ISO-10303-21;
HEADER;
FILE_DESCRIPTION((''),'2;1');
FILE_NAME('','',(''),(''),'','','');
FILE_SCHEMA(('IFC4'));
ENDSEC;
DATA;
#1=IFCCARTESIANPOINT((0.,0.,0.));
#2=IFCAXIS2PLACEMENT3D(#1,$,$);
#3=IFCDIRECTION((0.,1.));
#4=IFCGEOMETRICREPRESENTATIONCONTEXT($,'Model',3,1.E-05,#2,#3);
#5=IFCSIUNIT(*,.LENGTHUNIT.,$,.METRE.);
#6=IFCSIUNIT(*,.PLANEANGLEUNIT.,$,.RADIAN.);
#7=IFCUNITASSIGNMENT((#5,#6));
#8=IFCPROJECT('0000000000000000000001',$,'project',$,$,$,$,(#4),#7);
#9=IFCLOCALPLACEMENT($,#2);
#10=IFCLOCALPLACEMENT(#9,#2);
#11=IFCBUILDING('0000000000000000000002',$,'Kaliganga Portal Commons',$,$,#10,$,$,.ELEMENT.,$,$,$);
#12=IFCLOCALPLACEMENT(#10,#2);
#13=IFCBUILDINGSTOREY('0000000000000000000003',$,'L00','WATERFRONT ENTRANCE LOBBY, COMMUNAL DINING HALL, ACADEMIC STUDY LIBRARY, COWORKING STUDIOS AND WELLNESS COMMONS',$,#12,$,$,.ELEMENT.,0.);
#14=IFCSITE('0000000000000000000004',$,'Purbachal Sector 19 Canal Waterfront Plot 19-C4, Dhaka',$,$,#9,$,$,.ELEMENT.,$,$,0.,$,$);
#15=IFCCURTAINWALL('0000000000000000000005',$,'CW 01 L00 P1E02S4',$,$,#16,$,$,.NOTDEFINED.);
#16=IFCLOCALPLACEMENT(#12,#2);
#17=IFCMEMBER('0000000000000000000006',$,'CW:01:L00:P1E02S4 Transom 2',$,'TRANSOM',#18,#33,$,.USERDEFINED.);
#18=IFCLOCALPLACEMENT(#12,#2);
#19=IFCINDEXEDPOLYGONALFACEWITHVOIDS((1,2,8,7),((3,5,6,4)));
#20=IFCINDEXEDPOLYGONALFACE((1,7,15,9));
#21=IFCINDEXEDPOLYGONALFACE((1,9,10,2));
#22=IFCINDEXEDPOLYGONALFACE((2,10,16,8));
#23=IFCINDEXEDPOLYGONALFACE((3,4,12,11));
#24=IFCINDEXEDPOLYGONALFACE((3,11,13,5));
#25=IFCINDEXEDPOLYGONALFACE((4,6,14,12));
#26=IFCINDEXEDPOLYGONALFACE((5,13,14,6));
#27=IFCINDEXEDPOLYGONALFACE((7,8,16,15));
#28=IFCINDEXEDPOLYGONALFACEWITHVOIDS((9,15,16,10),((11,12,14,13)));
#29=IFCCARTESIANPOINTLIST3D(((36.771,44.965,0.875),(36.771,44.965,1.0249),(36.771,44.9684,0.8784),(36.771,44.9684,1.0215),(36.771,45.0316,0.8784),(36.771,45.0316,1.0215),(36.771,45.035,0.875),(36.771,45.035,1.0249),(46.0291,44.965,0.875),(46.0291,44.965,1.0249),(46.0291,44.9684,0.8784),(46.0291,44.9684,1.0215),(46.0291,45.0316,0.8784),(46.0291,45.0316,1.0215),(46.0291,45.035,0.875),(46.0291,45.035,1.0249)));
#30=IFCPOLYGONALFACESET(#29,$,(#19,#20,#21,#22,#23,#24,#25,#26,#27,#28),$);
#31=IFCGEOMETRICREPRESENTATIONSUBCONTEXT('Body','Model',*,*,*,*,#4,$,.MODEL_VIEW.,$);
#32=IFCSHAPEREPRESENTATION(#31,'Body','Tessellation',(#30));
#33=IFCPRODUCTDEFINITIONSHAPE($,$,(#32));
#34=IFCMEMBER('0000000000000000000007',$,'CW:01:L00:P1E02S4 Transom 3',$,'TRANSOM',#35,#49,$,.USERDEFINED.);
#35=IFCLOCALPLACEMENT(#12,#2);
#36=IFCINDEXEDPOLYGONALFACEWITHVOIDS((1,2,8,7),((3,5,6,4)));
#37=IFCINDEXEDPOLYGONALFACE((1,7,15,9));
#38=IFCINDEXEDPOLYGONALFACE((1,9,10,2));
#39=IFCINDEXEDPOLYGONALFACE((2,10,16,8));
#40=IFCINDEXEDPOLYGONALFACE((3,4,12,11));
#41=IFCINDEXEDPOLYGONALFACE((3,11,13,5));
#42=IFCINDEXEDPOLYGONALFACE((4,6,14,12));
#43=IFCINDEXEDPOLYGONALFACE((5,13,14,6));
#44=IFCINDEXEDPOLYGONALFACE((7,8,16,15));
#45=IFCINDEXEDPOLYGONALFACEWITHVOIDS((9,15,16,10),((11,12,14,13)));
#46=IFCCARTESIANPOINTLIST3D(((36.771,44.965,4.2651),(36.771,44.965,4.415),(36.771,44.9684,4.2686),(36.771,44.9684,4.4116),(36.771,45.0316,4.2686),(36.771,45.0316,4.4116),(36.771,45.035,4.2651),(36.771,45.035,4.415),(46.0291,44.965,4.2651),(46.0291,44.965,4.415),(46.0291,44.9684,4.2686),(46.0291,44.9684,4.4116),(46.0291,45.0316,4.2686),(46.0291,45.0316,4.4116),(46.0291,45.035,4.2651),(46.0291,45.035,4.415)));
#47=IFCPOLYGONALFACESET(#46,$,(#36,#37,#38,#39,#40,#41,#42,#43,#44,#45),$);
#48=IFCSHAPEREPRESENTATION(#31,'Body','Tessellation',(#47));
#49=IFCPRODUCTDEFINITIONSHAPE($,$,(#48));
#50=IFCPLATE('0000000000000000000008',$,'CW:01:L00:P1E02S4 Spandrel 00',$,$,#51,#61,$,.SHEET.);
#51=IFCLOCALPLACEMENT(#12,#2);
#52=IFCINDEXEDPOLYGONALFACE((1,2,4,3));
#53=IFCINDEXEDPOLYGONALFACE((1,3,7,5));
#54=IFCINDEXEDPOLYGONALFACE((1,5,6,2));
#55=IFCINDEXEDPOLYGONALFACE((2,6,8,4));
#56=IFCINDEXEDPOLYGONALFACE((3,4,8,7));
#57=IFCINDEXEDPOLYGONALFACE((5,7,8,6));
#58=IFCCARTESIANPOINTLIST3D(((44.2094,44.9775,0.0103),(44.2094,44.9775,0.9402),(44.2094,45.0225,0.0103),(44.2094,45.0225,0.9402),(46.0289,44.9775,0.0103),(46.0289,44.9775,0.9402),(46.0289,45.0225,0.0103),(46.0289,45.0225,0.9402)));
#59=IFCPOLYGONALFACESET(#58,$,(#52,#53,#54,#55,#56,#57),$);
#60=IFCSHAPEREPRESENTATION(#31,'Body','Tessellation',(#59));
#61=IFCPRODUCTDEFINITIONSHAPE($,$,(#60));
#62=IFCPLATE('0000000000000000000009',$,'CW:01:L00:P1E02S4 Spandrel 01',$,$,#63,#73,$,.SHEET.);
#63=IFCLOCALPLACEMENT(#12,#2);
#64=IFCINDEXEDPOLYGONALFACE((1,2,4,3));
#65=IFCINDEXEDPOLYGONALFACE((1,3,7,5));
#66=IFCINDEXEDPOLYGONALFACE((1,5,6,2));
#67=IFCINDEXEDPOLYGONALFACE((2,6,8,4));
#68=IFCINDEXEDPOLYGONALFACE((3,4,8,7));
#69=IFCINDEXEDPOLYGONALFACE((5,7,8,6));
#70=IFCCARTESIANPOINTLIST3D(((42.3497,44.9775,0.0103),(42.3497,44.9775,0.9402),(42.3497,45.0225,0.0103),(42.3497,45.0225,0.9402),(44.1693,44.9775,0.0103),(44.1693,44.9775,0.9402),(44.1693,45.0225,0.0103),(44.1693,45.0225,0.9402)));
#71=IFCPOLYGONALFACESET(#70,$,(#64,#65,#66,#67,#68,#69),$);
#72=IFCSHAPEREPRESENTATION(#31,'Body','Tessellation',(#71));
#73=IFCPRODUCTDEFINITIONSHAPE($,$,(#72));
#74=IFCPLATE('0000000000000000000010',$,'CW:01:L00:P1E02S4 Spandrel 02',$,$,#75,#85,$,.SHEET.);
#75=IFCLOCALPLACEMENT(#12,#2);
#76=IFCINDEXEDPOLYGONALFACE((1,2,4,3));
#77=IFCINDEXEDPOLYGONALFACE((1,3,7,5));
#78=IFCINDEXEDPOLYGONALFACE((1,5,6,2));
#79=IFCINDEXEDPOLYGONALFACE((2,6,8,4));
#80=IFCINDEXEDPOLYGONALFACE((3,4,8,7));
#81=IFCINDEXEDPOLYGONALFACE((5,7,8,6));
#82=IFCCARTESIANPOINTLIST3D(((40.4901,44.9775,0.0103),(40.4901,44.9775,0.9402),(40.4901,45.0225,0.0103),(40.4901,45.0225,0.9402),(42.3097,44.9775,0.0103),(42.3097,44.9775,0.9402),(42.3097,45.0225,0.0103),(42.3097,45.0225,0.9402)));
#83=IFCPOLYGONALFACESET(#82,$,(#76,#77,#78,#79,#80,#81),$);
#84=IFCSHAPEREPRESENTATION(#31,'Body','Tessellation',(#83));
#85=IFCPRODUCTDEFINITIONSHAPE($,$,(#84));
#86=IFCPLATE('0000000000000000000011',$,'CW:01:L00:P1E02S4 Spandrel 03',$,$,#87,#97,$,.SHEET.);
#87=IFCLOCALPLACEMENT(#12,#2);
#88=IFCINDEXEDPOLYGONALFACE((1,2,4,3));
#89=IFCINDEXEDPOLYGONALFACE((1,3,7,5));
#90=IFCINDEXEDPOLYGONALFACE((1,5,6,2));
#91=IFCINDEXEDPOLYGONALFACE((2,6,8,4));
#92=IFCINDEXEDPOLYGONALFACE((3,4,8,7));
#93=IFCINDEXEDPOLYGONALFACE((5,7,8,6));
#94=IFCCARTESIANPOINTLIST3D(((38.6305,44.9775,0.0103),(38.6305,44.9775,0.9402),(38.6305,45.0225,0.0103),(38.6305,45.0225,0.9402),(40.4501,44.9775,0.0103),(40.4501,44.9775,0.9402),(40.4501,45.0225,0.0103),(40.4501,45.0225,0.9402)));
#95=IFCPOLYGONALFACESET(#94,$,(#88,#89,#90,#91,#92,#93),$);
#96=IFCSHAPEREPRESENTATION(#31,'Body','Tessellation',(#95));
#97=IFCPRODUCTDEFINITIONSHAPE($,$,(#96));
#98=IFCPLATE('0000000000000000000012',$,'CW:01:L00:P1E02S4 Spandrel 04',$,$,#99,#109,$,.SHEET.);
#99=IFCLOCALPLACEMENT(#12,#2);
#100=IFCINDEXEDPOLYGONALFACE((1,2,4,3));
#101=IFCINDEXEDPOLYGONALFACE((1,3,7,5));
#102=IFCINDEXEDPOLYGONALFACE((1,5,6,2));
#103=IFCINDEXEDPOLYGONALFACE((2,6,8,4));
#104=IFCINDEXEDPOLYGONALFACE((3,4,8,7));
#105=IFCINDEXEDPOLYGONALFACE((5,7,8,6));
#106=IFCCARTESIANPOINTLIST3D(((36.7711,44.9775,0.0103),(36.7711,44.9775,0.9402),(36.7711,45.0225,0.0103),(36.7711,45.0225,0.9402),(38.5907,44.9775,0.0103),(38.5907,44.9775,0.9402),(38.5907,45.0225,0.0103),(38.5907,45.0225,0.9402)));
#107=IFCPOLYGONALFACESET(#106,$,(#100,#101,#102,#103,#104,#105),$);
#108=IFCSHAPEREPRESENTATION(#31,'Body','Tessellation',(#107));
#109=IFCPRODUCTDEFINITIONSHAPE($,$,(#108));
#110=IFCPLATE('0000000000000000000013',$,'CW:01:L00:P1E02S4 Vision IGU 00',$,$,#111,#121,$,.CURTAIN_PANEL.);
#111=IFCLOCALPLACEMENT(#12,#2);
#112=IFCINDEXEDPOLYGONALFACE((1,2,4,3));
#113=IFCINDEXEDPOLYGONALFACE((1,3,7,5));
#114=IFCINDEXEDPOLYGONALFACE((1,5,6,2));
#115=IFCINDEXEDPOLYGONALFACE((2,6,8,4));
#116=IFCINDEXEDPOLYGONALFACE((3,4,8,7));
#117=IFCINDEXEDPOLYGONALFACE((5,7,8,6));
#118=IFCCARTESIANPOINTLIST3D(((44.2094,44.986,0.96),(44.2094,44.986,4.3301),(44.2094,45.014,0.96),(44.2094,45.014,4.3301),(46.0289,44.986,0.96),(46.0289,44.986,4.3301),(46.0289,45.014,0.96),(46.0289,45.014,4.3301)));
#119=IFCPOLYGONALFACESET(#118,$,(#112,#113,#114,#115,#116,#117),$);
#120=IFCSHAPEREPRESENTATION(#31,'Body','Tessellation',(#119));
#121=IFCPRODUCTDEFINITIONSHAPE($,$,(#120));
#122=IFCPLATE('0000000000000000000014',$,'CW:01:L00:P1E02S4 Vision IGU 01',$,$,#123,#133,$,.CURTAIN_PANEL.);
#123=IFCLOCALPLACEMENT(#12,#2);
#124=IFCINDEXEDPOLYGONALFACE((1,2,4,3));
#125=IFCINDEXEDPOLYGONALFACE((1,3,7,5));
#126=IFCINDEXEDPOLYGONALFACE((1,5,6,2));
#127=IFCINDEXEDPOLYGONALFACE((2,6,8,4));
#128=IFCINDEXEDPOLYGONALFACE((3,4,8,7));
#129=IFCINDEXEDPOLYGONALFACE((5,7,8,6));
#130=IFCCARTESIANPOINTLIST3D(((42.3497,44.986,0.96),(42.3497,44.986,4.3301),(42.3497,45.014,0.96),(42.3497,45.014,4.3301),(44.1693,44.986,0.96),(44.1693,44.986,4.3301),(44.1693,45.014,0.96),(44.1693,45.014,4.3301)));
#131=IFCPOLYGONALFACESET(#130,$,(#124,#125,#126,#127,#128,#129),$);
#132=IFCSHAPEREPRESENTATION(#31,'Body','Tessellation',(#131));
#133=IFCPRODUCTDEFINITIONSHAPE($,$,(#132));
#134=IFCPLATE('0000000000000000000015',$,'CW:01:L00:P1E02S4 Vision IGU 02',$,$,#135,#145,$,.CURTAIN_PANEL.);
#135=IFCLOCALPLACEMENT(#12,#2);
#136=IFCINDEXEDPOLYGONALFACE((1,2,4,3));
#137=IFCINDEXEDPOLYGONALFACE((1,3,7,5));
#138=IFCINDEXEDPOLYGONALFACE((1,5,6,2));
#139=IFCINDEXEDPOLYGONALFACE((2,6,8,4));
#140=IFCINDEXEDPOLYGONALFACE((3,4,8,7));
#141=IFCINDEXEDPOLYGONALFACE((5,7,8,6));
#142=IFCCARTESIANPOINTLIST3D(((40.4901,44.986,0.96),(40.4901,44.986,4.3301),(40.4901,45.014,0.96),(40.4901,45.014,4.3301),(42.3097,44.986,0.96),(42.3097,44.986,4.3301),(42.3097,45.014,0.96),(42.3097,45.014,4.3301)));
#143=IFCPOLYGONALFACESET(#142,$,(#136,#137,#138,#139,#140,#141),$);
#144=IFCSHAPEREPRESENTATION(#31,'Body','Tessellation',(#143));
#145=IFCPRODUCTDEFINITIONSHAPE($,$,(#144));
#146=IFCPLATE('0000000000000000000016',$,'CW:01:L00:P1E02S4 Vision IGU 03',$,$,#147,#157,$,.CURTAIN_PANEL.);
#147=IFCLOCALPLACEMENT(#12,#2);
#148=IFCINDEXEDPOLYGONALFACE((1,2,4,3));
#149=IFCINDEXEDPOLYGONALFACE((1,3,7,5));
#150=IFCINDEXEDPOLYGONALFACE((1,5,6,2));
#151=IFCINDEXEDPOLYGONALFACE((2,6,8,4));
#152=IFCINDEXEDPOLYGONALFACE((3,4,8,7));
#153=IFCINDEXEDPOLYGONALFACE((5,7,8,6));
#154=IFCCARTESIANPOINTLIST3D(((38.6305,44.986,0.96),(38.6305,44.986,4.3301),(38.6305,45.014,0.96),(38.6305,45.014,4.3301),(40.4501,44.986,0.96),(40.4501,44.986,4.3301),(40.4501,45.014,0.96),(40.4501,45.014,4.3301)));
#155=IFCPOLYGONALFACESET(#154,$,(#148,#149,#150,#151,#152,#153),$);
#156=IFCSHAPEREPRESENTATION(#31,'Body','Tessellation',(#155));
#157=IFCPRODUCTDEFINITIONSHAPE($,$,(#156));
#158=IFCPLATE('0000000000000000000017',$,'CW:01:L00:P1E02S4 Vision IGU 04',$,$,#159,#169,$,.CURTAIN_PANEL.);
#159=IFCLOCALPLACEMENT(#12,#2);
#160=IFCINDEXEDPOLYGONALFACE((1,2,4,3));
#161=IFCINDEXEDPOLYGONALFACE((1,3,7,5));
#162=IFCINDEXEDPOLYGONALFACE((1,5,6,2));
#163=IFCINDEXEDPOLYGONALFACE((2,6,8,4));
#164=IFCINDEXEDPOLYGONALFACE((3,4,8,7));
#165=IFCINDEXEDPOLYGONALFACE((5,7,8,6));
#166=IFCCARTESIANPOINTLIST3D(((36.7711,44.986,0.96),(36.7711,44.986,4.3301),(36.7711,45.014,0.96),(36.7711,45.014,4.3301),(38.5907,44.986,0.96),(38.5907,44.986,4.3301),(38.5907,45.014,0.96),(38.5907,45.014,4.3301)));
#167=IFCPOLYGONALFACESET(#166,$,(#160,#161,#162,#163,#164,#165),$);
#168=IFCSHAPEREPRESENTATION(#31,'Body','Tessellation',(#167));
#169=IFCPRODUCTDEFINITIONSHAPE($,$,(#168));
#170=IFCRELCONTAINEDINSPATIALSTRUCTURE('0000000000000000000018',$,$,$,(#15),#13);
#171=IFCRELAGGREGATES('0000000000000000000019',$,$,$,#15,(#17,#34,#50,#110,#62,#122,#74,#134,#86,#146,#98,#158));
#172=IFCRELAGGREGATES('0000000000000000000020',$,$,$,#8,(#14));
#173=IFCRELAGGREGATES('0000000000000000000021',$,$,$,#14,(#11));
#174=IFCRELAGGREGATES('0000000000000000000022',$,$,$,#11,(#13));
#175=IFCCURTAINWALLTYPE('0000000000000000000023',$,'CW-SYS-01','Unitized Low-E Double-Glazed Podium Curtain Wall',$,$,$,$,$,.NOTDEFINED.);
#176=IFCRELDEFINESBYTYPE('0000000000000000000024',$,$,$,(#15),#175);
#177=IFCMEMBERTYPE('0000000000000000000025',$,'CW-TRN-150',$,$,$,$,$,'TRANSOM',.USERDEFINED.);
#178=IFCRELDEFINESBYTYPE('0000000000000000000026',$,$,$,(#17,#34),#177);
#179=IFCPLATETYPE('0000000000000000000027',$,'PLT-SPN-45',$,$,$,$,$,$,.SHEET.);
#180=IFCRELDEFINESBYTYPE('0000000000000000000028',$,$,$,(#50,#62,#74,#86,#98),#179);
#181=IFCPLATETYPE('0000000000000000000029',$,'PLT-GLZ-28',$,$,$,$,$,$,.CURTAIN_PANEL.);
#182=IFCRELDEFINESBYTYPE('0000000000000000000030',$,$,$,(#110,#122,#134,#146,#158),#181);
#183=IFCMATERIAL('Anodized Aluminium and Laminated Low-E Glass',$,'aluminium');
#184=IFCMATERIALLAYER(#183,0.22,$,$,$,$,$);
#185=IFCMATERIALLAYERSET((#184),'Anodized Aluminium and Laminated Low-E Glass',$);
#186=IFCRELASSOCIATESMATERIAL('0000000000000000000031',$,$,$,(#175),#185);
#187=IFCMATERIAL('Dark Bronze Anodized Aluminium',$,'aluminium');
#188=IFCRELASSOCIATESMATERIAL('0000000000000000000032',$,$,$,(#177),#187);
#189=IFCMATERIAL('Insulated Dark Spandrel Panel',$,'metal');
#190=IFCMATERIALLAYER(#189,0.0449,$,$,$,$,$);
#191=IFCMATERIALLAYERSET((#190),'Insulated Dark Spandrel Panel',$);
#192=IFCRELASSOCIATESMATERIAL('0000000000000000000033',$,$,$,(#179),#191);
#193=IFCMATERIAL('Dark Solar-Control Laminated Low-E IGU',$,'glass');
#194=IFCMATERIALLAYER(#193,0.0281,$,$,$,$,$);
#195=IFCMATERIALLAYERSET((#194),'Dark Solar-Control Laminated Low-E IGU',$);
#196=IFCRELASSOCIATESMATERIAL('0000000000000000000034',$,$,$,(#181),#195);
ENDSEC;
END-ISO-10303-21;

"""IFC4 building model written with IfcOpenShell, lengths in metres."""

from ifc_helpers import new_model, si_unit, direction, frame, origin, origin_2d, place, context, subcontext, project, spatial, rectangle, hollow_rectangle, extrude, source, transform, mapped, material, layer, layer_set, material_profile, profile_set, type_object, element, aggregate, save


model = new_model("IFC4")

# Units and contexts
model_context = context("Model", 3, precision=1e-05, world=origin(), true_north=direction((0.0, 1.0)))
body_context = subcontext(model_context, "Body", "Model", "MODEL_VIEW")
ifc_project = project(units=[si_unit("LENGTHUNIT", "METRE"), si_unit("PLANEANGLEUNIT", "RADIAN")], contexts=[model_context])

# Site, building, storey
site_placement = place(None, origin())
site = spatial("IfcSite", under=ifc_project, at=site_placement, Name="Purbachal Sector 19 Canal Waterfront Plot 19-C4, Dhaka", CompositionType="ELEMENT", RefElevation=0.0)
building_placement = place(site_placement, origin())
building = spatial("IfcBuilding", under=site, at=building_placement, Name="Kaliganga Portal Commons", CompositionType="ELEMENT")
storey_placement = place(building_placement, origin())
storey = spatial("IfcBuildingStorey", under=building, at=storey_placement, Name="L00", Description="WATERFRONT ENTRANCE LOBBY, COMMUNAL DINING HALL, ACADEMIC STUDY LIBRARY, COWORKING STUDIOS AND WELLNESS COMMONS", CompositionType="ELEMENT", Elevation=0.0)

# Curtain wall, members, plates
ifc_material_1 = material(Name="Anodized Aluminium and Laminated Low-E Glass", Category="aluminium")
ifc_layer_1 = layer(ifc_material_1, 0.22)
ifc_layer_set_1 = layer_set([ifc_layer_1], Name="Anodized Aluminium and Laminated Low-E Glass")
curtain_wall_type = type_object("IfcCurtainWallType", Name="CW-SYS-01", Description="Unitized Low-E Double-Glazed Podium Curtain Wall", PredefinedType="NOTDEFINED", material=ifc_layer_set_1)
curtain_wall_placement = place(storey_placement, origin())
curtain_wall = element("IfcCurtainWall", 1, at=curtain_wall_placement, inside=storey, type_object=curtain_wall_type, Name="CW 01 L00 P1E02S4", PredefinedType="NOTDEFINED")
ifc_material_2 = material(Name="Dark Bronze Anodized Aluminium", Category="aluminium")
ifc_material_profile_1 = material_profile(ifc_material_2, hollow_rectangle(XDim=0.0701, YDim=0.1499, WallThickness=0.0034, at=origin_2d()), Name="ALU TRAN 70x150x3.5")
ifc_profile_set_1 = profile_set([ifc_material_profile_1], Name="Dark Bronze Anodized Aluminium")
member_type_1 = type_object("IfcMemberType", Name="CW-TRN-150", ElementType="TRANSOM", PredefinedType="USERDEFINED", material=ifc_profile_set_1)
shared_shape_1 = source(origin(), body_context, "Body", "SweptSolid", [
    extrude(hollow_rectangle(XDim=0.0701, YDim=0.1499, WallThickness=0.0034, at=origin_2d()), origin(), (0.0, 0.0, 1.0), 9.2581),
])
member_1_placement = place(storey_placement, frame((46.0291, 45.0, 0.95), z_axis=(-1.0, 0.0, 0.0), x_axis=(0.0, -1.0, 0.0)))
member_1 = element("IfcMember", 2, at=member_1_placement, type_object=member_type_1, Name="CW:01:L00:P1E02S4 Transom 2", ObjectType="TRANSOM", PredefinedType="USERDEFINED", context=body_context, shape_type="MappedRepresentation", body=[
    mapped(shared_shape_1, transform((0.0, 0.0, 0.0), x_axis=(1.0, 0.0, 0.0), y_axis=(0.0, 1.0, 0.0), z_axis=(0.0, 0.0, 1.0), scale=1.0)),
])
member_2_placement = place(storey_placement, frame((46.0291, 45.0, 4.3401), z_axis=(-1.0, 0.0, 0.0), x_axis=(0.0, -1.0, 0.0)))
member_2 = element("IfcMember", 3, at=member_2_placement, type_object=member_type_1, Name="CW:01:L00:P1E02S4 Transom 3", ObjectType="TRANSOM", PredefinedType="USERDEFINED", context=body_context, shape_type="MappedRepresentation", body=[
    mapped(shared_shape_1, transform((0.0, 0.0, 0.0), x_axis=(1.0, 0.0, 0.0), y_axis=(0.0, 1.0, 0.0), z_axis=(0.0, 0.0, 1.0), scale=1.0)),
])
ifc_material_3 = material(Name="Insulated Dark Spandrel Panel", Category="metal")
ifc_layer_2 = layer(ifc_material_3, 0.0449)
ifc_layer_set_2 = layer_set([ifc_layer_2], Name="Insulated Dark Spandrel Panel")
plate_type_1 = type_object("IfcPlateType", Name="PLT-SPN-45", PredefinedType="SHEET", material=ifc_layer_set_2)
shared_shape_2 = source(origin(), body_context, "Body", "SweptSolid", [
    extrude(rectangle(XDim=1.8196, YDim=0.0449, at=origin_2d()), origin(), (0.0, 0.0, 1.0), 0.9299),
])
plate_1_placement = place(storey_placement, frame((45.1191, 45.0, 0.0103), z_axis=(0.0, 0.0, 1.0), x_axis=(-1.0, 0.0, 0.0)))
plate_1 = element("IfcPlate", 4, at=plate_1_placement, type_object=plate_type_1, Name="CW:01:L00:P1E02S4 Spandrel 00", PredefinedType="SHEET", context=body_context, shape_type="MappedRepresentation", body=[
    mapped(shared_shape_2, transform((0.0, 0.0, 0.0), x_axis=(1.0, 0.0, 0.0), y_axis=(0.0, 1.0, 0.0), z_axis=(0.0, 0.0, 1.0), scale=1.0)),
])
plate_2_placement = place(storey_placement, frame((43.2595, 45.0, 0.0103), z_axis=(0.0, 0.0, 1.0), x_axis=(-1.0, 0.0, 0.0)))
plate_2 = element("IfcPlate", 5, at=plate_2_placement, type_object=plate_type_1, Name="CW:01:L00:P1E02S4 Spandrel 01", PredefinedType="SHEET", context=body_context, shape_type="MappedRepresentation", body=[
    mapped(shared_shape_2, transform((0.0, 0.0, 0.0), x_axis=(1.0, 0.0, 0.0), y_axis=(0.0, 1.0, 0.0), z_axis=(0.0, 0.0, 1.0), scale=1.0)),
])
plate_3_placement = place(storey_placement, frame((41.3999, 45.0, 0.0103), z_axis=(0.0, 0.0, 1.0), x_axis=(-1.0, 0.0, 0.0)))
plate_3 = element("IfcPlate", 6, at=plate_3_placement, type_object=plate_type_1, Name="CW:01:L00:P1E02S4 Spandrel 02", PredefinedType="SHEET", context=body_context, shape_type="MappedRepresentation", body=[
    mapped(shared_shape_2, transform((0.0, 0.0, 0.0), x_axis=(1.0, 0.0, 0.0), y_axis=(0.0, 1.0, 0.0), z_axis=(0.0, 0.0, 1.0), scale=1.0)),
])
plate_4_placement = place(storey_placement, frame((39.5403, 45.0, 0.0103), z_axis=(0.0, 0.0, 1.0), x_axis=(-1.0, 0.0, 0.0)))
plate_4 = element("IfcPlate", 7, at=plate_4_placement, type_object=plate_type_1, Name="CW:01:L00:P1E02S4 Spandrel 03", PredefinedType="SHEET", context=body_context, shape_type="MappedRepresentation", body=[
    mapped(shared_shape_2, transform((0.0, 0.0, 0.0), x_axis=(1.0, 0.0, 0.0), y_axis=(0.0, 1.0, 0.0), z_axis=(0.0, 0.0, 1.0), scale=1.0)),
])
plate_5_placement = place(storey_placement, frame((37.6809, 45.0, 0.0103), z_axis=(0.0, 0.0, 1.0), x_axis=(-1.0, 0.0, 0.0)))
plate_5 = element("IfcPlate", 8, at=plate_5_placement, type_object=plate_type_1, Name="CW:01:L00:P1E02S4 Spandrel 04", PredefinedType="SHEET", context=body_context, shape_type="MappedRepresentation", body=[
    mapped(shared_shape_2, transform((0.0, 0.0, 0.0), x_axis=(1.0, 0.0, 0.0), y_axis=(0.0, 1.0, 0.0), z_axis=(0.0, 0.0, 1.0), scale=1.0)),
])
ifc_material_4 = material(Name="Dark Solar-Control Laminated Low-E IGU", Category="glass")
ifc_layer_3 = layer(ifc_material_4, 0.0281)
ifc_layer_set_3 = layer_set([ifc_layer_3], Name="Dark Solar-Control Laminated Low-E IGU")
plate_type_2 = type_object("IfcPlateType", Name="PLT-GLZ-28", PredefinedType="CURTAIN_PANEL", material=ifc_layer_set_3)
shared_shape_3 = source(origin(), body_context, "Body", "SweptSolid", [
    extrude(rectangle(XDim=1.8196, YDim=0.0281, at=origin_2d()), origin(), (0.0, 0.0, 1.0), 3.3701),
])
plate_6_placement = place(storey_placement, frame((45.1191, 45.0, 0.96), z_axis=(0.0, 0.0, 1.0), x_axis=(-1.0, 0.0, 0.0)))
plate_6 = element("IfcPlate", 9, at=plate_6_placement, type_object=plate_type_2, Name="CW:01:L00:P1E02S4 Vision IGU 00", PredefinedType="CURTAIN_PANEL", context=body_context, shape_type="MappedRepresentation", body=[
    mapped(shared_shape_3, transform((0.0, 0.0, 0.0), x_axis=(1.0, 0.0, 0.0), y_axis=(0.0, 1.0, 0.0), z_axis=(0.0, 0.0, 1.0), scale=1.0)),
])
plate_7_placement = place(storey_placement, frame((43.2595, 45.0, 0.96), z_axis=(0.0, 0.0, 1.0), x_axis=(-1.0, 0.0, 0.0)))
plate_7 = element("IfcPlate", 10, at=plate_7_placement, type_object=plate_type_2, Name="CW:01:L00:P1E02S4 Vision IGU 01", PredefinedType="CURTAIN_PANEL", context=body_context, shape_type="MappedRepresentation", body=[
    mapped(shared_shape_3, transform((0.0, 0.0, 0.0), x_axis=(1.0, 0.0, 0.0), y_axis=(0.0, 1.0, 0.0), z_axis=(0.0, 0.0, 1.0), scale=1.0)),
])
plate_8_placement = place(storey_placement, frame((41.3999, 45.0, 0.96), z_axis=(0.0, 0.0, 1.0), x_axis=(-1.0, 0.0, 0.0)))
plate_8 = element("IfcPlate", 11, at=plate_8_placement, type_object=plate_type_2, Name="CW:01:L00:P1E02S4 Vision IGU 02", PredefinedType="CURTAIN_PANEL", context=body_context, shape_type="MappedRepresentation", body=[
    mapped(shared_shape_3, transform((0.0, 0.0, 0.0), x_axis=(1.0, 0.0, 0.0), y_axis=(0.0, 1.0, 0.0), z_axis=(0.0, 0.0, 1.0), scale=1.0)),
])
plate_9_placement = place(storey_placement, frame((39.5403, 45.0, 0.96), z_axis=(0.0, 0.0, 1.0), x_axis=(-1.0, 0.0, 0.0)))
plate_9 = element("IfcPlate", 12, at=plate_9_placement, type_object=plate_type_2, Name="CW:01:L00:P1E02S4 Vision IGU 03", PredefinedType="CURTAIN_PANEL", context=body_context, shape_type="MappedRepresentation", body=[
    mapped(shared_shape_3, transform((0.0, 0.0, 0.0), x_axis=(1.0, 0.0, 0.0), y_axis=(0.0, 1.0, 0.0), z_axis=(0.0, 0.0, 1.0), scale=1.0)),
])
plate_10_placement = place(storey_placement, frame((37.6809, 45.0, 0.96), z_axis=(0.0, 0.0, 1.0), x_axis=(-1.0, 0.0, 0.0)))
plate_10 = element("IfcPlate", 13, at=plate_10_placement, type_object=plate_type_2, Name="CW:01:L00:P1E02S4 Vision IGU 04", PredefinedType="CURTAIN_PANEL", context=body_context, shape_type="MappedRepresentation", body=[
    mapped(shared_shape_3, transform((0.0, 0.0, 0.0), x_axis=(1.0, 0.0, 0.0), y_axis=(0.0, 1.0, 0.0), z_axis=(0.0, 0.0, 1.0), scale=1.0)),
])
aggregate(curtain_wall, [member_1, member_2, plate_1, plate_6, plate_2, plate_7, plate_3, plate_8, plate_4, plate_9, plate_5, plate_10])

save(model, "model.ifc")
